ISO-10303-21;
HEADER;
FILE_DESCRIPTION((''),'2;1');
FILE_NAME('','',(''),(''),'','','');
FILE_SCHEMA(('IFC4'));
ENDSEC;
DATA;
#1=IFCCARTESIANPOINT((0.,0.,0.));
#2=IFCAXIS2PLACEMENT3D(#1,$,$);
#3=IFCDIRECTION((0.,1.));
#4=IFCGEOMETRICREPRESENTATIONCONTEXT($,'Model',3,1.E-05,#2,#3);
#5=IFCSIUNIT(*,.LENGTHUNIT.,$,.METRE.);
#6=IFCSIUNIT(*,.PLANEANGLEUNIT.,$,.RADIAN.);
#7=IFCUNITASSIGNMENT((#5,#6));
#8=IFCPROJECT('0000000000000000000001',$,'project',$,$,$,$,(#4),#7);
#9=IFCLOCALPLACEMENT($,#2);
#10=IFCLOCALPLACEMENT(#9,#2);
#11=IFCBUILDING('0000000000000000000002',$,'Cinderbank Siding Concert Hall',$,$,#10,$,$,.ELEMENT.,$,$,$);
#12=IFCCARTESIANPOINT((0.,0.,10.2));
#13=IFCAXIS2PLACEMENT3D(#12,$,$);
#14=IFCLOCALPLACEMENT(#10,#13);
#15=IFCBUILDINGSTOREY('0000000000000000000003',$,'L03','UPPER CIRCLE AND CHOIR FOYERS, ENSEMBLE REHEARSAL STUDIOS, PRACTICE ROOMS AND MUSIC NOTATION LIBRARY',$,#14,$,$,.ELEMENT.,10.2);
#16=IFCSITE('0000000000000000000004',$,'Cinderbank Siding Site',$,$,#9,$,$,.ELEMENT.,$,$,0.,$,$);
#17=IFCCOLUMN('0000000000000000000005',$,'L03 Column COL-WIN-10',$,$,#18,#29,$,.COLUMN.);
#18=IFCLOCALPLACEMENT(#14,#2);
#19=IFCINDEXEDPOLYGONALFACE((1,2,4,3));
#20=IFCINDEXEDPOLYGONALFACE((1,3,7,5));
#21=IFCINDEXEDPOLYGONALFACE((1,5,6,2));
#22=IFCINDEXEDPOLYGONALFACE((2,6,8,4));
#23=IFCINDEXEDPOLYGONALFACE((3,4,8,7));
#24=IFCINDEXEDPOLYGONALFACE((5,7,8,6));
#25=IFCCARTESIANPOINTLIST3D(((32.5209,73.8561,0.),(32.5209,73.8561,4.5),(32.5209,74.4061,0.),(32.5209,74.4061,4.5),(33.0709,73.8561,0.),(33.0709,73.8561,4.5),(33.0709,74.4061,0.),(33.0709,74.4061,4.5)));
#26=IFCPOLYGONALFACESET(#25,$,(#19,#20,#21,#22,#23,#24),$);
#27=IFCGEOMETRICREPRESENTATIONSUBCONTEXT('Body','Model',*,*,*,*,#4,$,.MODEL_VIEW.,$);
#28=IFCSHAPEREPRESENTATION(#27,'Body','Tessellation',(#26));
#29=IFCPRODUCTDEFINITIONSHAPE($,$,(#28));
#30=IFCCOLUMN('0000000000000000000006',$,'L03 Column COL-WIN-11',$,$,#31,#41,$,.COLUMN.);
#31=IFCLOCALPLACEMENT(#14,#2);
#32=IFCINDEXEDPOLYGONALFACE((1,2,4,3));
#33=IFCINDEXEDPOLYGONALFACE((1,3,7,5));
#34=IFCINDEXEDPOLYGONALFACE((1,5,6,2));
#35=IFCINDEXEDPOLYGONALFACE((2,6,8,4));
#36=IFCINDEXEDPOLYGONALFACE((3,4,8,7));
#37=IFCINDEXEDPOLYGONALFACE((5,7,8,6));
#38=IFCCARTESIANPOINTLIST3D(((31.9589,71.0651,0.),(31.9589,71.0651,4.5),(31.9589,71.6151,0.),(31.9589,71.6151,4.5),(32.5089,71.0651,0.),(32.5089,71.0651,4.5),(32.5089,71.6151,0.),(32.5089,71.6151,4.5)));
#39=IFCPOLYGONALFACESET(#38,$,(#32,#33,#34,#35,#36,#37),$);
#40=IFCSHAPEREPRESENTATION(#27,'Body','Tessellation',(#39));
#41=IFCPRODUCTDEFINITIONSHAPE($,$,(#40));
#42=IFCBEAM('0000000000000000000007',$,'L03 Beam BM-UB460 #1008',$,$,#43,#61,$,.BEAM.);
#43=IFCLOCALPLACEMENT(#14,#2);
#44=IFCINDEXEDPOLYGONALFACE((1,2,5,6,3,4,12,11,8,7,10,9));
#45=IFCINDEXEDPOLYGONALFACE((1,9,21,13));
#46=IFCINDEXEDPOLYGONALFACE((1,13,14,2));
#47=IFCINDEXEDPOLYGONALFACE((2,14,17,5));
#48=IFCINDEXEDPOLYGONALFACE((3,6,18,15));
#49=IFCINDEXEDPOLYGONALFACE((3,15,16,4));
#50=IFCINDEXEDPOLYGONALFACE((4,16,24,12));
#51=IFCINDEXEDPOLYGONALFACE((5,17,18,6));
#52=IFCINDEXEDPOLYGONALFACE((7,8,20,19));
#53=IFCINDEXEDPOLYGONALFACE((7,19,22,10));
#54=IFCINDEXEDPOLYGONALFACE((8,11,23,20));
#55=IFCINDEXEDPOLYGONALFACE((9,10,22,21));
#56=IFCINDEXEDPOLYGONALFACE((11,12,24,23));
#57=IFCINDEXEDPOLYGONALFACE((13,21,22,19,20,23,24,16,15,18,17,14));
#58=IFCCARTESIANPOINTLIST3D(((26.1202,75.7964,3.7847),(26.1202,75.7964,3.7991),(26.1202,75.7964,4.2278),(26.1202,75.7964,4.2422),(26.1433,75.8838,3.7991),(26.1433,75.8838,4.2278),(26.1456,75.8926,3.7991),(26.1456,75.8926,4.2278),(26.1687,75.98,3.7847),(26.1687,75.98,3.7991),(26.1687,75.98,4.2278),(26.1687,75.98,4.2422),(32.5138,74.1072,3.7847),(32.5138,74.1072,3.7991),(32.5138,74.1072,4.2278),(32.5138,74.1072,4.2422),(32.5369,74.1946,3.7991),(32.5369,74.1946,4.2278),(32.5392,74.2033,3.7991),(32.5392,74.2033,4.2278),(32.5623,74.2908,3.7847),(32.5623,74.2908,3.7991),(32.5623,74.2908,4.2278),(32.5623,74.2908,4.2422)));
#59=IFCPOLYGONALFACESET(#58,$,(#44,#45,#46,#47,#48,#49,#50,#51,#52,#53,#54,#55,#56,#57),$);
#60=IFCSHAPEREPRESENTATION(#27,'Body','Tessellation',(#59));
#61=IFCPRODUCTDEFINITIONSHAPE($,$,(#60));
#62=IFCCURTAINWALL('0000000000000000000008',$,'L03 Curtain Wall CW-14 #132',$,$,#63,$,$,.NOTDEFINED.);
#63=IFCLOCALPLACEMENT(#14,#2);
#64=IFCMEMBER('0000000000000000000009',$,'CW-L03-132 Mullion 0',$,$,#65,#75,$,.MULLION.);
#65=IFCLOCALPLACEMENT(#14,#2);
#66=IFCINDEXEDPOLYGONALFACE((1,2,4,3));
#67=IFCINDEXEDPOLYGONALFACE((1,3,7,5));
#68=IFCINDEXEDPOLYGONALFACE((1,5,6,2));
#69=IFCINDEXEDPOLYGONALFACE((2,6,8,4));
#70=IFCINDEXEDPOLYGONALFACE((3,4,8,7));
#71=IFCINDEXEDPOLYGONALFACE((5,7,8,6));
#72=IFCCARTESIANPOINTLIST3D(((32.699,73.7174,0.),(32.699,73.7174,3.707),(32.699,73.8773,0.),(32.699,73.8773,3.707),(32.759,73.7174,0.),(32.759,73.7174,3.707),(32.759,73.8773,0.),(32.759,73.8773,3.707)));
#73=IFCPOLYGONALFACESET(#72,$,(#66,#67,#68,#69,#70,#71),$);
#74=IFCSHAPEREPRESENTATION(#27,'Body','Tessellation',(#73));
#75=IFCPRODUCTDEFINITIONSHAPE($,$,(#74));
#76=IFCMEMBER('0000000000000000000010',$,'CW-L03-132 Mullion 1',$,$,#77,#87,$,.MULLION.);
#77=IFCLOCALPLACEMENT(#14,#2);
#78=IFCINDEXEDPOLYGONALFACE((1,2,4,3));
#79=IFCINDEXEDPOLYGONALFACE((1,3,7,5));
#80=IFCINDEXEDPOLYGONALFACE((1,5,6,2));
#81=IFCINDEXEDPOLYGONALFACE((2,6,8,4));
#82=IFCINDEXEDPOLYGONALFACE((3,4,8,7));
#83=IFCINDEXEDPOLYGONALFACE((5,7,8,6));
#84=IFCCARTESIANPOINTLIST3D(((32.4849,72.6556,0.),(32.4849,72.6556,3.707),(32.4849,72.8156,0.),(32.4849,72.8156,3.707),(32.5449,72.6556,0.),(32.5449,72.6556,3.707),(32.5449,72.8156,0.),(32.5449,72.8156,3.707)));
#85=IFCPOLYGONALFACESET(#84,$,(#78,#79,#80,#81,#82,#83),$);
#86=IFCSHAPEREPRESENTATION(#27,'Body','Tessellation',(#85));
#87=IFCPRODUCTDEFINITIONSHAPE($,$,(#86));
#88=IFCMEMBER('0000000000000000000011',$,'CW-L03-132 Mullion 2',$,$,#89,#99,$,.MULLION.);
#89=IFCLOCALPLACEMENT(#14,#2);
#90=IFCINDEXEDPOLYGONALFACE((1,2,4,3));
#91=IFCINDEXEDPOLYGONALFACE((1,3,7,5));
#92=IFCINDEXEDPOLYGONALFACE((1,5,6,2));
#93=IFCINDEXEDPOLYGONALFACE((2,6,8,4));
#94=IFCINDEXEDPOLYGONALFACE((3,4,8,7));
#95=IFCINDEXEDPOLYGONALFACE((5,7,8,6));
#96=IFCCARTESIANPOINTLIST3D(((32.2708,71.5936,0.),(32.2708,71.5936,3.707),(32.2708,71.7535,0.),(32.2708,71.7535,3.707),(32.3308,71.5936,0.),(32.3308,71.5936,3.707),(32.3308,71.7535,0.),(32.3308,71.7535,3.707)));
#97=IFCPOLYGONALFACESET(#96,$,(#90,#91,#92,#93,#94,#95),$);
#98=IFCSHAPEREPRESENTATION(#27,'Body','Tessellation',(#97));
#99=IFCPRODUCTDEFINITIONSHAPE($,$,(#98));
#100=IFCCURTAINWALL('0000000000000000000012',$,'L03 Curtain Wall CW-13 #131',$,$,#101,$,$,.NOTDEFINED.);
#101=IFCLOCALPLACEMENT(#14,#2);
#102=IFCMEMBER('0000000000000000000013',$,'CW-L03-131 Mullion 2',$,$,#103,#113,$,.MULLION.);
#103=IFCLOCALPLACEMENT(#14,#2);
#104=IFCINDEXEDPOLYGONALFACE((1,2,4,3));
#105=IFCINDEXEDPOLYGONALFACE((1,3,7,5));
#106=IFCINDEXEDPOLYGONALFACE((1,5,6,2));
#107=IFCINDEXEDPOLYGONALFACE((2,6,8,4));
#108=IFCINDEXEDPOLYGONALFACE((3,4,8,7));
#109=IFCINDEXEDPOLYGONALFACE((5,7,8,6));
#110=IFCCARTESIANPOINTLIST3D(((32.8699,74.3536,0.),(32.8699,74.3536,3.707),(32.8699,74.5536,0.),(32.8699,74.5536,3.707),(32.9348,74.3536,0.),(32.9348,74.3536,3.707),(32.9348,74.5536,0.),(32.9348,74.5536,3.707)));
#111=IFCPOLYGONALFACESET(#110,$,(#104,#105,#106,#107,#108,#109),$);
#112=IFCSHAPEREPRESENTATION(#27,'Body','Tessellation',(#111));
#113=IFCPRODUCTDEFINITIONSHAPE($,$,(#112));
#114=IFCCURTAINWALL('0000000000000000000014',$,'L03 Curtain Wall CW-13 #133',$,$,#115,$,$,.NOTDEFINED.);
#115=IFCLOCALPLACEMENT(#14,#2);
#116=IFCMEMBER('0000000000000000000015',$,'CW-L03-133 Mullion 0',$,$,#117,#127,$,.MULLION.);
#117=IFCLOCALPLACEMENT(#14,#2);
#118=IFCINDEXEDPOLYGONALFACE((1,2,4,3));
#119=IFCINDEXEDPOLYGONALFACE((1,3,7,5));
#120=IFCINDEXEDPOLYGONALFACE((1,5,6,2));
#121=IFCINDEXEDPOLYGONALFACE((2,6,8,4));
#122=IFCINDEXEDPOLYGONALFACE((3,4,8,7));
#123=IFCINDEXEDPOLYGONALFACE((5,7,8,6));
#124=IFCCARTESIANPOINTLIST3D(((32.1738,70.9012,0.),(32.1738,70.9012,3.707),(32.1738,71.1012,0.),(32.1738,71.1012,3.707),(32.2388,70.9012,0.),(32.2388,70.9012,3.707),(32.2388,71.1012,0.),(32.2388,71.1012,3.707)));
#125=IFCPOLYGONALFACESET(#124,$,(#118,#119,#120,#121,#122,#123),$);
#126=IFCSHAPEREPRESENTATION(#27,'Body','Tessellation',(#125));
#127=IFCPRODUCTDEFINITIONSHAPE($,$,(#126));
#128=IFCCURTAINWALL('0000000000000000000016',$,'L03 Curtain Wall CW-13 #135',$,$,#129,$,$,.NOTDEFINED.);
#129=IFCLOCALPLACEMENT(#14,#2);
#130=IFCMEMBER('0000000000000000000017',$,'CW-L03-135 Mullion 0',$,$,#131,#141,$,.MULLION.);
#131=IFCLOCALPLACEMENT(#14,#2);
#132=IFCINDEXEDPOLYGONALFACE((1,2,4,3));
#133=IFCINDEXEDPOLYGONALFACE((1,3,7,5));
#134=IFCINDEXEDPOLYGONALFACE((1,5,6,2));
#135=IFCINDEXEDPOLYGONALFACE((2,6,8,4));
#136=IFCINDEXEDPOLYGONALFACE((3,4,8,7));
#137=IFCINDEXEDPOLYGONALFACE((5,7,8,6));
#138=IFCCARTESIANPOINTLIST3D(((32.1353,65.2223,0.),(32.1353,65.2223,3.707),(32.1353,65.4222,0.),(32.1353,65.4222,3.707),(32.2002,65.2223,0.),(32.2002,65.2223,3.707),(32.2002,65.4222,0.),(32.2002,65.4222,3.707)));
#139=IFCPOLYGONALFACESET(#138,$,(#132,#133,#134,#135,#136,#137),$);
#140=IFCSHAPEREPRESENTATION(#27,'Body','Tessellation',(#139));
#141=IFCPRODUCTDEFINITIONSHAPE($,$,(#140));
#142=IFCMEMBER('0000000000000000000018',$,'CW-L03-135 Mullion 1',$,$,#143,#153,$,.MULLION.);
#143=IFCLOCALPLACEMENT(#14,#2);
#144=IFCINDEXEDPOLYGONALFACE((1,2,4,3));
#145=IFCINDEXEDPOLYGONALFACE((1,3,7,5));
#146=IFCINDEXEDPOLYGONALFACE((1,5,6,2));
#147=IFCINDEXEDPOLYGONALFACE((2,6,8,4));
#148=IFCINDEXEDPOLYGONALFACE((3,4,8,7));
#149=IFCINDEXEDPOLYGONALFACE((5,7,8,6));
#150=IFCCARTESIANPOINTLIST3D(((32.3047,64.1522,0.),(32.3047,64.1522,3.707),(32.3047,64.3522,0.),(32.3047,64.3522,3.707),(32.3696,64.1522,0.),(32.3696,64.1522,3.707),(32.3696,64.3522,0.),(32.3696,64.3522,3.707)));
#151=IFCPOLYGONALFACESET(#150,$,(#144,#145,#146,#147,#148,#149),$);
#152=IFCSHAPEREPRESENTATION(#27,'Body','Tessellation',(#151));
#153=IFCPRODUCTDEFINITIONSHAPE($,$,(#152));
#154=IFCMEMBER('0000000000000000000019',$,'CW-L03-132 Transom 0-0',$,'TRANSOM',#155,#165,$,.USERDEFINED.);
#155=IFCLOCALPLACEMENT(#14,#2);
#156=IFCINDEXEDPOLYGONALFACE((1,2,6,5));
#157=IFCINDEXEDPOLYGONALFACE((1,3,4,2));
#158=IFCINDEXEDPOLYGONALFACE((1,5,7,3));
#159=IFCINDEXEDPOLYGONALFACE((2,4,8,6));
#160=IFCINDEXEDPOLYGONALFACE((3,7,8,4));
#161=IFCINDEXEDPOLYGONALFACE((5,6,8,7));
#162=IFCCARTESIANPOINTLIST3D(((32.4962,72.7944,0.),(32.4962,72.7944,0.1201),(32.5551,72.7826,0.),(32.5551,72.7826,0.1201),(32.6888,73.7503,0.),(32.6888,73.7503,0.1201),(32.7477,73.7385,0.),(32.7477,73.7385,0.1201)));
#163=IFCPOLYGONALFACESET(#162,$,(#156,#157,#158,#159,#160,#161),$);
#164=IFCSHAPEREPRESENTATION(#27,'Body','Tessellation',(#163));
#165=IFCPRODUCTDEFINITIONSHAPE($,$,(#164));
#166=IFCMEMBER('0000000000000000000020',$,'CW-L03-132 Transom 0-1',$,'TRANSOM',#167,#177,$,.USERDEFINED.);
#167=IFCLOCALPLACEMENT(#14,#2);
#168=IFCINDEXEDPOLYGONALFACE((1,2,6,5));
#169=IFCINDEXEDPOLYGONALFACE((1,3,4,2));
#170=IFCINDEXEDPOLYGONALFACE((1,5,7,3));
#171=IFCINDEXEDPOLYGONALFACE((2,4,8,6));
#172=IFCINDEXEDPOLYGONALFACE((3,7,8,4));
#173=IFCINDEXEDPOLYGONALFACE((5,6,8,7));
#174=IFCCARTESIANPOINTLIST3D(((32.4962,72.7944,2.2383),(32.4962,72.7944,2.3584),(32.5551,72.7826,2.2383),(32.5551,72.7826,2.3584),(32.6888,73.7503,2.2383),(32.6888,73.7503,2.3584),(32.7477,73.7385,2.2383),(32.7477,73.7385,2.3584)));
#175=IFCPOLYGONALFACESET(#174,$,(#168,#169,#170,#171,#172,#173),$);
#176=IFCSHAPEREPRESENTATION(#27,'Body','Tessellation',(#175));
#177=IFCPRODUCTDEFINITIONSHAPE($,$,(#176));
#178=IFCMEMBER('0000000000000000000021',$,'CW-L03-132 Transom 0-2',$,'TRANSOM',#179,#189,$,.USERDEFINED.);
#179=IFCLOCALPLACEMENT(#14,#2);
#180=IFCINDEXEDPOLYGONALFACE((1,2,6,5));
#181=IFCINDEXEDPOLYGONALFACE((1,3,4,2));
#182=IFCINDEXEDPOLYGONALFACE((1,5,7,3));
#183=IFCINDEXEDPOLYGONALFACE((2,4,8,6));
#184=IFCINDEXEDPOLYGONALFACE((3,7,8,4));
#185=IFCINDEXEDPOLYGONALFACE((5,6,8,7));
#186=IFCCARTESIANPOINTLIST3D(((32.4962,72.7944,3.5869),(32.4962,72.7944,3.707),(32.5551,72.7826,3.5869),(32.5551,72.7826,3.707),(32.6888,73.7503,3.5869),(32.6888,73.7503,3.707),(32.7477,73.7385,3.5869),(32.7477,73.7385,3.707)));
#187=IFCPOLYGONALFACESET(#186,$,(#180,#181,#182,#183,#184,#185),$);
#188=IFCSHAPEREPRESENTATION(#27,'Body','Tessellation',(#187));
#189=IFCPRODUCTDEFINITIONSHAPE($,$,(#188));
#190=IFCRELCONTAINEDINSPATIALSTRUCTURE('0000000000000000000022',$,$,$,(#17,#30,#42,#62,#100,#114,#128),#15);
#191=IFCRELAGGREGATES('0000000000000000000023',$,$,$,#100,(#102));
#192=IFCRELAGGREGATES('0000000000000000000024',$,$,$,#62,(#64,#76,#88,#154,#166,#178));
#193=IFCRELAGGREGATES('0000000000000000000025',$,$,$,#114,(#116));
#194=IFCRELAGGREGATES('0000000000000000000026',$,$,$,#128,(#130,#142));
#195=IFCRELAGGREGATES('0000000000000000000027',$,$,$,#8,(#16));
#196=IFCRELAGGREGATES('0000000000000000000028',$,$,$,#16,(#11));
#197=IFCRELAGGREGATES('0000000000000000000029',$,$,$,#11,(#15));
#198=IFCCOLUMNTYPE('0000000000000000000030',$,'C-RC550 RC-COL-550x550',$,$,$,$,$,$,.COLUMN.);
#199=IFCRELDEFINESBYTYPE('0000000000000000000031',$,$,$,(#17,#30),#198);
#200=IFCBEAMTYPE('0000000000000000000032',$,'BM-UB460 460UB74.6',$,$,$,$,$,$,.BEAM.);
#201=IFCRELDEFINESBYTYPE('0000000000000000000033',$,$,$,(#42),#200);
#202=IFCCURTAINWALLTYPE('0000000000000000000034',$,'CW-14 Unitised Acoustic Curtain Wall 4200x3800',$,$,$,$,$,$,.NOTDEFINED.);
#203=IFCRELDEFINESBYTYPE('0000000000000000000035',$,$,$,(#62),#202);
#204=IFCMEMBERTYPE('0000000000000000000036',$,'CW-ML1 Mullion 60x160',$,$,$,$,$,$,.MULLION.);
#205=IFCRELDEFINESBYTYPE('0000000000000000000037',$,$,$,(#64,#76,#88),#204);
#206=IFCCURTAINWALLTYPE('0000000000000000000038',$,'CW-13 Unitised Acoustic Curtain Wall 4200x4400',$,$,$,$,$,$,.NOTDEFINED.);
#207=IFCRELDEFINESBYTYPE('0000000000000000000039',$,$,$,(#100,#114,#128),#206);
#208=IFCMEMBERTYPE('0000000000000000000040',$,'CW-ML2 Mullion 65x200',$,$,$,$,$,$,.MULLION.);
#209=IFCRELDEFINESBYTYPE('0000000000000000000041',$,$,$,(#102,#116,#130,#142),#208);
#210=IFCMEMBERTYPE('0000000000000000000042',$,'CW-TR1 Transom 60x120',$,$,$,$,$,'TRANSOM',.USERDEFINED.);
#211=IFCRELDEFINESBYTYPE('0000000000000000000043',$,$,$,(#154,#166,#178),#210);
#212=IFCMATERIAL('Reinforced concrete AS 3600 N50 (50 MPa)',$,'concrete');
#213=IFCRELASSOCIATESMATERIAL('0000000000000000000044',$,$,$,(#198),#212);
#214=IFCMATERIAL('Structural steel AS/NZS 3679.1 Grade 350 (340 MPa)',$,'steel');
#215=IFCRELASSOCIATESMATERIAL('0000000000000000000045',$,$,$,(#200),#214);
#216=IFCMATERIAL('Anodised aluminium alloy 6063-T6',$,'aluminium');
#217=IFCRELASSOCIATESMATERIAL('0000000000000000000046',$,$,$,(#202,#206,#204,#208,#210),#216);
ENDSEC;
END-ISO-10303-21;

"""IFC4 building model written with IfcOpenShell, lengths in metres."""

from ifc_helpers import new_model, si_unit, direction, frame, origin, origin_2d, place, context, subcontext, project, spatial, rectangle, i_section, extrude, material, material_profile, profile_set, type_object, element, aggregate, save


model = new_model("IFC4")

# Units and contexts
model_context = context("Model", 3, precision=1e-05, world=origin(), true_north=direction((0.0, 1.0)))
body_context = subcontext(model_context, "Body", "Model", "MODEL_VIEW")
ifc_project = project(units=[si_unit("LENGTHUNIT", "METRE"), si_unit("PLANEANGLEUNIT", "RADIAN")], contexts=[model_context])

# Site, building, storey
site_placement = place(None, origin())
site = spatial("IfcSite", under=ifc_project, at=site_placement, Name="Cinderbank Siding Site", CompositionType="ELEMENT", RefElevation=0.0)
building_placement = place(site_placement, origin())
building = spatial("IfcBuilding", under=site, at=building_placement, Name="Cinderbank Siding Concert Hall", CompositionType="ELEMENT")
storey_placement = place(building_placement, frame((0.0, 0.0, 10.2)))
storey = spatial("IfcBuildingStorey", under=building, at=storey_placement, Name="L03", Description="UPPER CIRCLE AND CHOIR FOYERS, ENSEMBLE REHEARSAL STUDIOS, PRACTICE ROOMS AND MUSIC NOTATION LIBRARY", CompositionType="ELEMENT", Elevation=10.2)

# Columns
ifc_material_1 = material(Name="Reinforced concrete AS 3600 N50 (50 MPa)", Category="concrete")
ifc_material_profile_1 = material_profile(ifc_material_1, rectangle(XDim=0.55, YDim=0.55, at=origin_2d()), Name="RC-COL-550x550", Category="LoadBearing")
ifc_profile_set_1 = profile_set([ifc_material_profile_1], Name="Reinforced concrete AS 3600 N50 (50 MPa)")
column_type = type_object("IfcColumnType", Name="C-RC550 RC-COL-550x550", PredefinedType="COLUMN", material=ifc_profile_set_1)
for number, where, z_axis, x_axis, name in (
    (1, (32.7959, 74.1311, 0.0), (0.0, 0.0, 1.0), (1.0, 0.0, 0.0), "L03 Column COL-WIN-10"),
    (2, (32.2339, 71.3401, 0.0), (0.0, 0.0, 1.0), (1.0, 0.0, 0.0), "L03 Column COL-WIN-11"),
):
    element("IfcColumn", number, at=place(storey_placement, frame(where, z_axis=z_axis, x_axis=x_axis)), inside=storey, type_object=column_type, Name=name, PredefinedType="COLUMN", context=body_context, shape_type="SweptSolid", body=[
        extrude(rectangle(XDim=0.55, YDim=0.55, at=origin_2d()), origin(), (0.0, 0.0, 1.0), 4.5),
    ])

# Beam
ifc_material_2 = material(Name="Structural steel AS/NZS 3679.1 Grade 350 (340 MPa)", Category="steel")
ifc_material_profile_2 = material_profile(ifc_material_2, i_section(OverallWidth=0.1899, OverallDepth=0.4575, WebThickness=0.009, FlangeThickness=0.0144, at=origin_2d()), Name="460UB74.6", Category="LoadBearing")
ifc_profile_set_2 = profile_set([ifc_material_profile_2], Name="Structural steel AS/NZS 3679.1 Grade 350 (340 MPa)")
beam_type_1 = type_object("IfcBeamType", Name="BM-UB460 460UB74.6", PredefinedType="BEAM", material=ifc_profile_set_2)
beam_1_placement = place(storey_placement, frame((32.5381, 74.199, 4.0134), z_axis=(-0.966825, 0.25544, 0.0), x_axis=(-0.25544, -0.966825, 0.0)))
element("IfcBeam", 3, at=beam_1_placement, inside=storey, type_object=beam_type_1, Name="L03 Beam BM-UB460 #1008", PredefinedType="BEAM", context=body_context, shape_type="SweptSolid", body=[
    extrude(i_section(OverallWidth=0.1899, OverallDepth=0.4575, WebThickness=0.009, FlangeThickness=0.0144, at=origin_2d()), origin(), (0.0, 0.0, 1.0), 6.613),
])

# Curtain wall, members
ifc_material_3 = material(Name="Anodised aluminium alloy 6063-T6", Category="aluminium")
curtain_wall_type_1 = type_object("IfcCurtainWallType", Name="CW-14 Unitised Acoustic Curtain Wall 4200x3800", PredefinedType="NOTDEFINED", material=ifc_material_3)
curtain_wall_1_placement = place(storey_placement, origin())
curtain_wall_1 = element("IfcCurtainWall", 4, at=curtain_wall_1_placement, inside=storey, type_object=curtain_wall_type_1, Name="L03 Curtain Wall CW-14 #132", PredefinedType="NOTDEFINED")
ifc_material_profile_3 = material_profile(ifc_material_3, rectangle(XDim=0.0601, YDim=0.1599, at=origin_2d()), Name="ALU-MULL-60x160", Category="LoadBearing")
ifc_profile_set_3 = profile_set([ifc_material_profile_3], Name="Anodised aluminium alloy 6063-T6")
member_type_1 = type_object("IfcMemberType", Name="CW-ML1 Mullion 60x160", PredefinedType="MULLION", material=ifc_profile_set_3)
member_1_placement = place(storey_placement, frame((32.729, 73.7974, 0.0), z_axis=(0.0, 0.0, 1.0), x_axis=(1.0, 0.0, 0.0)))
member_1 = element("IfcMember", 5, at=member_1_placement, type_object=member_type_1, Name="CW-L03-132 Mullion 0", PredefinedType="MULLION", context=body_context, shape_type="SweptSolid", body=[
    extrude(rectangle(XDim=0.0601, YDim=0.1599, at=origin_2d()), origin(), (0.0, 0.0, 1.0), 3.707),
])
member_2_placement = place(storey_placement, frame((32.5149, 72.7356, 0.0), z_axis=(0.0, 0.0, 1.0), x_axis=(1.0, 0.0, 0.0)))
member_2 = element("IfcMember", 6, at=member_2_placement, type_object=member_type_1, Name="CW-L03-132 Mullion 1", PredefinedType="MULLION", context=body_context, shape_type="SweptSolid", body=[
    extrude(rectangle(XDim=0.0601, YDim=0.1599, at=origin_2d()), origin(), (0.0, 0.0, 1.0), 3.707),
])
member_3_placement = place(storey_placement, frame((32.3008, 71.6736, 0.0), z_axis=(0.0, 0.0, 1.0), x_axis=(1.0, 0.0, 0.0)))
member_3 = element("IfcMember", 7, at=member_3_placement, type_object=member_type_1, Name="CW-L03-132 Mullion 2", PredefinedType="MULLION", context=body_context, shape_type="SweptSolid", body=[
    extrude(rectangle(XDim=0.0601, YDim=0.1599, at=origin_2d()), origin(), (0.0, 0.0, 1.0), 3.707),
])

# Curtain walls, members
curtain_wall_type_2 = type_object("IfcCurtainWallType", Name="CW-13 Unitised Acoustic Curtain Wall 4200x4400", PredefinedType="NOTDEFINED", material=ifc_material_3)
curtain_wall_2_placement = place(storey_placement, origin())
curtain_wall_2 = element("IfcCurtainWall", 8, at=curtain_wall_2_placement, inside=storey, type_object=curtain_wall_type_2, Name="L03 Curtain Wall CW-13 #131", PredefinedType="NOTDEFINED")
ifc_material_profile_4 = material_profile(ifc_material_3, rectangle(XDim=0.0649, YDim=0.2, at=origin_2d()), Name="ALU-MULL-65x200", Category="LoadBearing")
ifc_profile_set_4 = profile_set([ifc_material_profile_4], Name="Anodised aluminium alloy 6063-T6")
member_type_2 = type_object("IfcMemberType", Name="CW-ML2 Mullion 65x200", PredefinedType="MULLION", material=ifc_profile_set_4)
member_4_placement = place(storey_placement, frame((32.9023, 74.4536, 0.0), z_axis=(0.0, 0.0, 1.0), x_axis=(1.0, 0.0, 0.0)))
member_4 = element("IfcMember", 9, at=member_4_placement, type_object=member_type_2, Name="CW-L03-131 Mullion 2", PredefinedType="MULLION", context=body_context, shape_type="SweptSolid", body=[
    extrude(rectangle(XDim=0.0649, YDim=0.2, at=origin_2d()), origin(), (0.0, 0.0, 1.0), 3.707),
])
aggregate(curtain_wall_2, [member_4])
curtain_wall_3_placement = place(storey_placement, origin())
curtain_wall_3 = element("IfcCurtainWall", 10, at=curtain_wall_3_placement, inside=storey, type_object=curtain_wall_type_2, Name="L03 Curtain Wall CW-13 #133", PredefinedType="NOTDEFINED")
member_5_placement = place(storey_placement, frame((32.2063, 71.0012, 0.0), z_axis=(0.0, 0.0, 1.0), x_axis=(1.0, 0.0, 0.0)))
member_5 = element("IfcMember", 11, at=member_5_placement, type_object=member_type_2, Name="CW-L03-133 Mullion 0", PredefinedType="MULLION", context=body_context, shape_type="SweptSolid", body=[
    extrude(rectangle(XDim=0.0649, YDim=0.2, at=origin_2d()), origin(), (0.0, 0.0, 1.0), 3.707),
])

# Curtain wall, members
curtain_wall_4_placement = place(storey_placement, origin())
curtain_wall_4 = element("IfcCurtainWall", 12, at=curtain_wall_4_placement, inside=storey, type_object=curtain_wall_type_2, Name="L03 Curtain Wall CW-13 #135", PredefinedType="NOTDEFINED")
member_6_placement = place(storey_placement, frame((32.1677, 65.3223, 0.0), z_axis=(0.0, 0.0, 1.0), x_axis=(1.0, 0.0, 0.0)))
member_6 = element("IfcMember", 13, at=member_6_placement, type_object=member_type_2, Name="CW-L03-135 Mullion 0", PredefinedType="MULLION", context=body_context, shape_type="SweptSolid", body=[
    extrude(rectangle(XDim=0.0649, YDim=0.2, at=origin_2d()), origin(), (0.0, 0.0, 1.0), 3.707),
])
member_7_placement = place(storey_placement, frame((32.3372, 64.2522, 0.0), z_axis=(0.0, 0.0, 1.0), x_axis=(1.0, 0.0, 0.0)))
member_7 = element("IfcMember", 14, at=member_7_placement, type_object=member_type_2, Name="CW-L03-135 Mullion 1", PredefinedType="MULLION", context=body_context, shape_type="SweptSolid", body=[
    extrude(rectangle(XDim=0.0649, YDim=0.2, at=origin_2d()), origin(), (0.0, 0.0, 1.0), 3.707),
])

# Members
ifc_material_profile_5 = material_profile(ifc_material_3, rectangle(XDim=0.0601, YDim=0.1201, at=origin_2d()), Name="ALU-TRAN-60x120", Category="LoadBearing")
ifc_profile_set_5 = profile_set([ifc_material_profile_5], Name="Anodised aluminium alloy 6063-T6")
member_type_3 = type_object("IfcMemberType", Name="CW-TR1 Transom 60x120", ElementType="TRANSOM", PredefinedType="USERDEFINED", material=ifc_profile_set_5)
member_8_placement = place(storey_placement, frame((32.7183, 73.7444, 0.0601), z_axis=(-0.197561, -0.980291, 0.0), x_axis=(0.980291, -0.197561, 0.0)))
member_8 = element("IfcMember", 15, at=member_8_placement, type_object=member_type_3, Name="CW-L03-132 Transom 0-0", ObjectType="TRANSOM", PredefinedType="USERDEFINED", context=body_context, shape_type="SweptSolid", body=[
    extrude(rectangle(XDim=0.0601, YDim=0.1201, at=origin_2d()), origin(), (0.0, 0.0, 1.0), 0.9751),
])
member_9_placement = place(storey_placement, frame((32.7183, 73.7444, 2.2983), z_axis=(-0.197561, -0.980291, 0.0), x_axis=(0.980291, -0.197561, 0.0)))
member_9 = element("IfcMember", 16, at=member_9_placement, type_object=member_type_3, Name="CW-L03-132 Transom 0-1", ObjectType="TRANSOM", PredefinedType="USERDEFINED", context=body_context, shape_type="SweptSolid", body=[
    extrude(rectangle(XDim=0.0601, YDim=0.1201, at=origin_2d()), origin(), (0.0, 0.0, 1.0), 0.9751),
])
member_10_placement = place(storey_placement, frame((32.7183, 73.7444, 3.647), z_axis=(-0.197561, -0.980291, 0.0), x_axis=(0.980291, -0.197561, 0.0)))
member_10 = element("IfcMember", 17, at=member_10_placement, type_object=member_type_3, Name="CW-L03-132 Transom 0-2", ObjectType="TRANSOM", PredefinedType="USERDEFINED", context=body_context, shape_type="SweptSolid", body=[
    extrude(rectangle(XDim=0.0601, YDim=0.1201, at=origin_2d()), origin(), (0.0, 0.0, 1.0), 0.9751),
])

aggregate(curtain_wall_1, [member_1, member_2, member_3, member_8, member_9, member_10])
aggregate(curtain_wall_3, [member_5])
aggregate(curtain_wall_4, [member_6, member_7])

save(model, "model.ifc")
